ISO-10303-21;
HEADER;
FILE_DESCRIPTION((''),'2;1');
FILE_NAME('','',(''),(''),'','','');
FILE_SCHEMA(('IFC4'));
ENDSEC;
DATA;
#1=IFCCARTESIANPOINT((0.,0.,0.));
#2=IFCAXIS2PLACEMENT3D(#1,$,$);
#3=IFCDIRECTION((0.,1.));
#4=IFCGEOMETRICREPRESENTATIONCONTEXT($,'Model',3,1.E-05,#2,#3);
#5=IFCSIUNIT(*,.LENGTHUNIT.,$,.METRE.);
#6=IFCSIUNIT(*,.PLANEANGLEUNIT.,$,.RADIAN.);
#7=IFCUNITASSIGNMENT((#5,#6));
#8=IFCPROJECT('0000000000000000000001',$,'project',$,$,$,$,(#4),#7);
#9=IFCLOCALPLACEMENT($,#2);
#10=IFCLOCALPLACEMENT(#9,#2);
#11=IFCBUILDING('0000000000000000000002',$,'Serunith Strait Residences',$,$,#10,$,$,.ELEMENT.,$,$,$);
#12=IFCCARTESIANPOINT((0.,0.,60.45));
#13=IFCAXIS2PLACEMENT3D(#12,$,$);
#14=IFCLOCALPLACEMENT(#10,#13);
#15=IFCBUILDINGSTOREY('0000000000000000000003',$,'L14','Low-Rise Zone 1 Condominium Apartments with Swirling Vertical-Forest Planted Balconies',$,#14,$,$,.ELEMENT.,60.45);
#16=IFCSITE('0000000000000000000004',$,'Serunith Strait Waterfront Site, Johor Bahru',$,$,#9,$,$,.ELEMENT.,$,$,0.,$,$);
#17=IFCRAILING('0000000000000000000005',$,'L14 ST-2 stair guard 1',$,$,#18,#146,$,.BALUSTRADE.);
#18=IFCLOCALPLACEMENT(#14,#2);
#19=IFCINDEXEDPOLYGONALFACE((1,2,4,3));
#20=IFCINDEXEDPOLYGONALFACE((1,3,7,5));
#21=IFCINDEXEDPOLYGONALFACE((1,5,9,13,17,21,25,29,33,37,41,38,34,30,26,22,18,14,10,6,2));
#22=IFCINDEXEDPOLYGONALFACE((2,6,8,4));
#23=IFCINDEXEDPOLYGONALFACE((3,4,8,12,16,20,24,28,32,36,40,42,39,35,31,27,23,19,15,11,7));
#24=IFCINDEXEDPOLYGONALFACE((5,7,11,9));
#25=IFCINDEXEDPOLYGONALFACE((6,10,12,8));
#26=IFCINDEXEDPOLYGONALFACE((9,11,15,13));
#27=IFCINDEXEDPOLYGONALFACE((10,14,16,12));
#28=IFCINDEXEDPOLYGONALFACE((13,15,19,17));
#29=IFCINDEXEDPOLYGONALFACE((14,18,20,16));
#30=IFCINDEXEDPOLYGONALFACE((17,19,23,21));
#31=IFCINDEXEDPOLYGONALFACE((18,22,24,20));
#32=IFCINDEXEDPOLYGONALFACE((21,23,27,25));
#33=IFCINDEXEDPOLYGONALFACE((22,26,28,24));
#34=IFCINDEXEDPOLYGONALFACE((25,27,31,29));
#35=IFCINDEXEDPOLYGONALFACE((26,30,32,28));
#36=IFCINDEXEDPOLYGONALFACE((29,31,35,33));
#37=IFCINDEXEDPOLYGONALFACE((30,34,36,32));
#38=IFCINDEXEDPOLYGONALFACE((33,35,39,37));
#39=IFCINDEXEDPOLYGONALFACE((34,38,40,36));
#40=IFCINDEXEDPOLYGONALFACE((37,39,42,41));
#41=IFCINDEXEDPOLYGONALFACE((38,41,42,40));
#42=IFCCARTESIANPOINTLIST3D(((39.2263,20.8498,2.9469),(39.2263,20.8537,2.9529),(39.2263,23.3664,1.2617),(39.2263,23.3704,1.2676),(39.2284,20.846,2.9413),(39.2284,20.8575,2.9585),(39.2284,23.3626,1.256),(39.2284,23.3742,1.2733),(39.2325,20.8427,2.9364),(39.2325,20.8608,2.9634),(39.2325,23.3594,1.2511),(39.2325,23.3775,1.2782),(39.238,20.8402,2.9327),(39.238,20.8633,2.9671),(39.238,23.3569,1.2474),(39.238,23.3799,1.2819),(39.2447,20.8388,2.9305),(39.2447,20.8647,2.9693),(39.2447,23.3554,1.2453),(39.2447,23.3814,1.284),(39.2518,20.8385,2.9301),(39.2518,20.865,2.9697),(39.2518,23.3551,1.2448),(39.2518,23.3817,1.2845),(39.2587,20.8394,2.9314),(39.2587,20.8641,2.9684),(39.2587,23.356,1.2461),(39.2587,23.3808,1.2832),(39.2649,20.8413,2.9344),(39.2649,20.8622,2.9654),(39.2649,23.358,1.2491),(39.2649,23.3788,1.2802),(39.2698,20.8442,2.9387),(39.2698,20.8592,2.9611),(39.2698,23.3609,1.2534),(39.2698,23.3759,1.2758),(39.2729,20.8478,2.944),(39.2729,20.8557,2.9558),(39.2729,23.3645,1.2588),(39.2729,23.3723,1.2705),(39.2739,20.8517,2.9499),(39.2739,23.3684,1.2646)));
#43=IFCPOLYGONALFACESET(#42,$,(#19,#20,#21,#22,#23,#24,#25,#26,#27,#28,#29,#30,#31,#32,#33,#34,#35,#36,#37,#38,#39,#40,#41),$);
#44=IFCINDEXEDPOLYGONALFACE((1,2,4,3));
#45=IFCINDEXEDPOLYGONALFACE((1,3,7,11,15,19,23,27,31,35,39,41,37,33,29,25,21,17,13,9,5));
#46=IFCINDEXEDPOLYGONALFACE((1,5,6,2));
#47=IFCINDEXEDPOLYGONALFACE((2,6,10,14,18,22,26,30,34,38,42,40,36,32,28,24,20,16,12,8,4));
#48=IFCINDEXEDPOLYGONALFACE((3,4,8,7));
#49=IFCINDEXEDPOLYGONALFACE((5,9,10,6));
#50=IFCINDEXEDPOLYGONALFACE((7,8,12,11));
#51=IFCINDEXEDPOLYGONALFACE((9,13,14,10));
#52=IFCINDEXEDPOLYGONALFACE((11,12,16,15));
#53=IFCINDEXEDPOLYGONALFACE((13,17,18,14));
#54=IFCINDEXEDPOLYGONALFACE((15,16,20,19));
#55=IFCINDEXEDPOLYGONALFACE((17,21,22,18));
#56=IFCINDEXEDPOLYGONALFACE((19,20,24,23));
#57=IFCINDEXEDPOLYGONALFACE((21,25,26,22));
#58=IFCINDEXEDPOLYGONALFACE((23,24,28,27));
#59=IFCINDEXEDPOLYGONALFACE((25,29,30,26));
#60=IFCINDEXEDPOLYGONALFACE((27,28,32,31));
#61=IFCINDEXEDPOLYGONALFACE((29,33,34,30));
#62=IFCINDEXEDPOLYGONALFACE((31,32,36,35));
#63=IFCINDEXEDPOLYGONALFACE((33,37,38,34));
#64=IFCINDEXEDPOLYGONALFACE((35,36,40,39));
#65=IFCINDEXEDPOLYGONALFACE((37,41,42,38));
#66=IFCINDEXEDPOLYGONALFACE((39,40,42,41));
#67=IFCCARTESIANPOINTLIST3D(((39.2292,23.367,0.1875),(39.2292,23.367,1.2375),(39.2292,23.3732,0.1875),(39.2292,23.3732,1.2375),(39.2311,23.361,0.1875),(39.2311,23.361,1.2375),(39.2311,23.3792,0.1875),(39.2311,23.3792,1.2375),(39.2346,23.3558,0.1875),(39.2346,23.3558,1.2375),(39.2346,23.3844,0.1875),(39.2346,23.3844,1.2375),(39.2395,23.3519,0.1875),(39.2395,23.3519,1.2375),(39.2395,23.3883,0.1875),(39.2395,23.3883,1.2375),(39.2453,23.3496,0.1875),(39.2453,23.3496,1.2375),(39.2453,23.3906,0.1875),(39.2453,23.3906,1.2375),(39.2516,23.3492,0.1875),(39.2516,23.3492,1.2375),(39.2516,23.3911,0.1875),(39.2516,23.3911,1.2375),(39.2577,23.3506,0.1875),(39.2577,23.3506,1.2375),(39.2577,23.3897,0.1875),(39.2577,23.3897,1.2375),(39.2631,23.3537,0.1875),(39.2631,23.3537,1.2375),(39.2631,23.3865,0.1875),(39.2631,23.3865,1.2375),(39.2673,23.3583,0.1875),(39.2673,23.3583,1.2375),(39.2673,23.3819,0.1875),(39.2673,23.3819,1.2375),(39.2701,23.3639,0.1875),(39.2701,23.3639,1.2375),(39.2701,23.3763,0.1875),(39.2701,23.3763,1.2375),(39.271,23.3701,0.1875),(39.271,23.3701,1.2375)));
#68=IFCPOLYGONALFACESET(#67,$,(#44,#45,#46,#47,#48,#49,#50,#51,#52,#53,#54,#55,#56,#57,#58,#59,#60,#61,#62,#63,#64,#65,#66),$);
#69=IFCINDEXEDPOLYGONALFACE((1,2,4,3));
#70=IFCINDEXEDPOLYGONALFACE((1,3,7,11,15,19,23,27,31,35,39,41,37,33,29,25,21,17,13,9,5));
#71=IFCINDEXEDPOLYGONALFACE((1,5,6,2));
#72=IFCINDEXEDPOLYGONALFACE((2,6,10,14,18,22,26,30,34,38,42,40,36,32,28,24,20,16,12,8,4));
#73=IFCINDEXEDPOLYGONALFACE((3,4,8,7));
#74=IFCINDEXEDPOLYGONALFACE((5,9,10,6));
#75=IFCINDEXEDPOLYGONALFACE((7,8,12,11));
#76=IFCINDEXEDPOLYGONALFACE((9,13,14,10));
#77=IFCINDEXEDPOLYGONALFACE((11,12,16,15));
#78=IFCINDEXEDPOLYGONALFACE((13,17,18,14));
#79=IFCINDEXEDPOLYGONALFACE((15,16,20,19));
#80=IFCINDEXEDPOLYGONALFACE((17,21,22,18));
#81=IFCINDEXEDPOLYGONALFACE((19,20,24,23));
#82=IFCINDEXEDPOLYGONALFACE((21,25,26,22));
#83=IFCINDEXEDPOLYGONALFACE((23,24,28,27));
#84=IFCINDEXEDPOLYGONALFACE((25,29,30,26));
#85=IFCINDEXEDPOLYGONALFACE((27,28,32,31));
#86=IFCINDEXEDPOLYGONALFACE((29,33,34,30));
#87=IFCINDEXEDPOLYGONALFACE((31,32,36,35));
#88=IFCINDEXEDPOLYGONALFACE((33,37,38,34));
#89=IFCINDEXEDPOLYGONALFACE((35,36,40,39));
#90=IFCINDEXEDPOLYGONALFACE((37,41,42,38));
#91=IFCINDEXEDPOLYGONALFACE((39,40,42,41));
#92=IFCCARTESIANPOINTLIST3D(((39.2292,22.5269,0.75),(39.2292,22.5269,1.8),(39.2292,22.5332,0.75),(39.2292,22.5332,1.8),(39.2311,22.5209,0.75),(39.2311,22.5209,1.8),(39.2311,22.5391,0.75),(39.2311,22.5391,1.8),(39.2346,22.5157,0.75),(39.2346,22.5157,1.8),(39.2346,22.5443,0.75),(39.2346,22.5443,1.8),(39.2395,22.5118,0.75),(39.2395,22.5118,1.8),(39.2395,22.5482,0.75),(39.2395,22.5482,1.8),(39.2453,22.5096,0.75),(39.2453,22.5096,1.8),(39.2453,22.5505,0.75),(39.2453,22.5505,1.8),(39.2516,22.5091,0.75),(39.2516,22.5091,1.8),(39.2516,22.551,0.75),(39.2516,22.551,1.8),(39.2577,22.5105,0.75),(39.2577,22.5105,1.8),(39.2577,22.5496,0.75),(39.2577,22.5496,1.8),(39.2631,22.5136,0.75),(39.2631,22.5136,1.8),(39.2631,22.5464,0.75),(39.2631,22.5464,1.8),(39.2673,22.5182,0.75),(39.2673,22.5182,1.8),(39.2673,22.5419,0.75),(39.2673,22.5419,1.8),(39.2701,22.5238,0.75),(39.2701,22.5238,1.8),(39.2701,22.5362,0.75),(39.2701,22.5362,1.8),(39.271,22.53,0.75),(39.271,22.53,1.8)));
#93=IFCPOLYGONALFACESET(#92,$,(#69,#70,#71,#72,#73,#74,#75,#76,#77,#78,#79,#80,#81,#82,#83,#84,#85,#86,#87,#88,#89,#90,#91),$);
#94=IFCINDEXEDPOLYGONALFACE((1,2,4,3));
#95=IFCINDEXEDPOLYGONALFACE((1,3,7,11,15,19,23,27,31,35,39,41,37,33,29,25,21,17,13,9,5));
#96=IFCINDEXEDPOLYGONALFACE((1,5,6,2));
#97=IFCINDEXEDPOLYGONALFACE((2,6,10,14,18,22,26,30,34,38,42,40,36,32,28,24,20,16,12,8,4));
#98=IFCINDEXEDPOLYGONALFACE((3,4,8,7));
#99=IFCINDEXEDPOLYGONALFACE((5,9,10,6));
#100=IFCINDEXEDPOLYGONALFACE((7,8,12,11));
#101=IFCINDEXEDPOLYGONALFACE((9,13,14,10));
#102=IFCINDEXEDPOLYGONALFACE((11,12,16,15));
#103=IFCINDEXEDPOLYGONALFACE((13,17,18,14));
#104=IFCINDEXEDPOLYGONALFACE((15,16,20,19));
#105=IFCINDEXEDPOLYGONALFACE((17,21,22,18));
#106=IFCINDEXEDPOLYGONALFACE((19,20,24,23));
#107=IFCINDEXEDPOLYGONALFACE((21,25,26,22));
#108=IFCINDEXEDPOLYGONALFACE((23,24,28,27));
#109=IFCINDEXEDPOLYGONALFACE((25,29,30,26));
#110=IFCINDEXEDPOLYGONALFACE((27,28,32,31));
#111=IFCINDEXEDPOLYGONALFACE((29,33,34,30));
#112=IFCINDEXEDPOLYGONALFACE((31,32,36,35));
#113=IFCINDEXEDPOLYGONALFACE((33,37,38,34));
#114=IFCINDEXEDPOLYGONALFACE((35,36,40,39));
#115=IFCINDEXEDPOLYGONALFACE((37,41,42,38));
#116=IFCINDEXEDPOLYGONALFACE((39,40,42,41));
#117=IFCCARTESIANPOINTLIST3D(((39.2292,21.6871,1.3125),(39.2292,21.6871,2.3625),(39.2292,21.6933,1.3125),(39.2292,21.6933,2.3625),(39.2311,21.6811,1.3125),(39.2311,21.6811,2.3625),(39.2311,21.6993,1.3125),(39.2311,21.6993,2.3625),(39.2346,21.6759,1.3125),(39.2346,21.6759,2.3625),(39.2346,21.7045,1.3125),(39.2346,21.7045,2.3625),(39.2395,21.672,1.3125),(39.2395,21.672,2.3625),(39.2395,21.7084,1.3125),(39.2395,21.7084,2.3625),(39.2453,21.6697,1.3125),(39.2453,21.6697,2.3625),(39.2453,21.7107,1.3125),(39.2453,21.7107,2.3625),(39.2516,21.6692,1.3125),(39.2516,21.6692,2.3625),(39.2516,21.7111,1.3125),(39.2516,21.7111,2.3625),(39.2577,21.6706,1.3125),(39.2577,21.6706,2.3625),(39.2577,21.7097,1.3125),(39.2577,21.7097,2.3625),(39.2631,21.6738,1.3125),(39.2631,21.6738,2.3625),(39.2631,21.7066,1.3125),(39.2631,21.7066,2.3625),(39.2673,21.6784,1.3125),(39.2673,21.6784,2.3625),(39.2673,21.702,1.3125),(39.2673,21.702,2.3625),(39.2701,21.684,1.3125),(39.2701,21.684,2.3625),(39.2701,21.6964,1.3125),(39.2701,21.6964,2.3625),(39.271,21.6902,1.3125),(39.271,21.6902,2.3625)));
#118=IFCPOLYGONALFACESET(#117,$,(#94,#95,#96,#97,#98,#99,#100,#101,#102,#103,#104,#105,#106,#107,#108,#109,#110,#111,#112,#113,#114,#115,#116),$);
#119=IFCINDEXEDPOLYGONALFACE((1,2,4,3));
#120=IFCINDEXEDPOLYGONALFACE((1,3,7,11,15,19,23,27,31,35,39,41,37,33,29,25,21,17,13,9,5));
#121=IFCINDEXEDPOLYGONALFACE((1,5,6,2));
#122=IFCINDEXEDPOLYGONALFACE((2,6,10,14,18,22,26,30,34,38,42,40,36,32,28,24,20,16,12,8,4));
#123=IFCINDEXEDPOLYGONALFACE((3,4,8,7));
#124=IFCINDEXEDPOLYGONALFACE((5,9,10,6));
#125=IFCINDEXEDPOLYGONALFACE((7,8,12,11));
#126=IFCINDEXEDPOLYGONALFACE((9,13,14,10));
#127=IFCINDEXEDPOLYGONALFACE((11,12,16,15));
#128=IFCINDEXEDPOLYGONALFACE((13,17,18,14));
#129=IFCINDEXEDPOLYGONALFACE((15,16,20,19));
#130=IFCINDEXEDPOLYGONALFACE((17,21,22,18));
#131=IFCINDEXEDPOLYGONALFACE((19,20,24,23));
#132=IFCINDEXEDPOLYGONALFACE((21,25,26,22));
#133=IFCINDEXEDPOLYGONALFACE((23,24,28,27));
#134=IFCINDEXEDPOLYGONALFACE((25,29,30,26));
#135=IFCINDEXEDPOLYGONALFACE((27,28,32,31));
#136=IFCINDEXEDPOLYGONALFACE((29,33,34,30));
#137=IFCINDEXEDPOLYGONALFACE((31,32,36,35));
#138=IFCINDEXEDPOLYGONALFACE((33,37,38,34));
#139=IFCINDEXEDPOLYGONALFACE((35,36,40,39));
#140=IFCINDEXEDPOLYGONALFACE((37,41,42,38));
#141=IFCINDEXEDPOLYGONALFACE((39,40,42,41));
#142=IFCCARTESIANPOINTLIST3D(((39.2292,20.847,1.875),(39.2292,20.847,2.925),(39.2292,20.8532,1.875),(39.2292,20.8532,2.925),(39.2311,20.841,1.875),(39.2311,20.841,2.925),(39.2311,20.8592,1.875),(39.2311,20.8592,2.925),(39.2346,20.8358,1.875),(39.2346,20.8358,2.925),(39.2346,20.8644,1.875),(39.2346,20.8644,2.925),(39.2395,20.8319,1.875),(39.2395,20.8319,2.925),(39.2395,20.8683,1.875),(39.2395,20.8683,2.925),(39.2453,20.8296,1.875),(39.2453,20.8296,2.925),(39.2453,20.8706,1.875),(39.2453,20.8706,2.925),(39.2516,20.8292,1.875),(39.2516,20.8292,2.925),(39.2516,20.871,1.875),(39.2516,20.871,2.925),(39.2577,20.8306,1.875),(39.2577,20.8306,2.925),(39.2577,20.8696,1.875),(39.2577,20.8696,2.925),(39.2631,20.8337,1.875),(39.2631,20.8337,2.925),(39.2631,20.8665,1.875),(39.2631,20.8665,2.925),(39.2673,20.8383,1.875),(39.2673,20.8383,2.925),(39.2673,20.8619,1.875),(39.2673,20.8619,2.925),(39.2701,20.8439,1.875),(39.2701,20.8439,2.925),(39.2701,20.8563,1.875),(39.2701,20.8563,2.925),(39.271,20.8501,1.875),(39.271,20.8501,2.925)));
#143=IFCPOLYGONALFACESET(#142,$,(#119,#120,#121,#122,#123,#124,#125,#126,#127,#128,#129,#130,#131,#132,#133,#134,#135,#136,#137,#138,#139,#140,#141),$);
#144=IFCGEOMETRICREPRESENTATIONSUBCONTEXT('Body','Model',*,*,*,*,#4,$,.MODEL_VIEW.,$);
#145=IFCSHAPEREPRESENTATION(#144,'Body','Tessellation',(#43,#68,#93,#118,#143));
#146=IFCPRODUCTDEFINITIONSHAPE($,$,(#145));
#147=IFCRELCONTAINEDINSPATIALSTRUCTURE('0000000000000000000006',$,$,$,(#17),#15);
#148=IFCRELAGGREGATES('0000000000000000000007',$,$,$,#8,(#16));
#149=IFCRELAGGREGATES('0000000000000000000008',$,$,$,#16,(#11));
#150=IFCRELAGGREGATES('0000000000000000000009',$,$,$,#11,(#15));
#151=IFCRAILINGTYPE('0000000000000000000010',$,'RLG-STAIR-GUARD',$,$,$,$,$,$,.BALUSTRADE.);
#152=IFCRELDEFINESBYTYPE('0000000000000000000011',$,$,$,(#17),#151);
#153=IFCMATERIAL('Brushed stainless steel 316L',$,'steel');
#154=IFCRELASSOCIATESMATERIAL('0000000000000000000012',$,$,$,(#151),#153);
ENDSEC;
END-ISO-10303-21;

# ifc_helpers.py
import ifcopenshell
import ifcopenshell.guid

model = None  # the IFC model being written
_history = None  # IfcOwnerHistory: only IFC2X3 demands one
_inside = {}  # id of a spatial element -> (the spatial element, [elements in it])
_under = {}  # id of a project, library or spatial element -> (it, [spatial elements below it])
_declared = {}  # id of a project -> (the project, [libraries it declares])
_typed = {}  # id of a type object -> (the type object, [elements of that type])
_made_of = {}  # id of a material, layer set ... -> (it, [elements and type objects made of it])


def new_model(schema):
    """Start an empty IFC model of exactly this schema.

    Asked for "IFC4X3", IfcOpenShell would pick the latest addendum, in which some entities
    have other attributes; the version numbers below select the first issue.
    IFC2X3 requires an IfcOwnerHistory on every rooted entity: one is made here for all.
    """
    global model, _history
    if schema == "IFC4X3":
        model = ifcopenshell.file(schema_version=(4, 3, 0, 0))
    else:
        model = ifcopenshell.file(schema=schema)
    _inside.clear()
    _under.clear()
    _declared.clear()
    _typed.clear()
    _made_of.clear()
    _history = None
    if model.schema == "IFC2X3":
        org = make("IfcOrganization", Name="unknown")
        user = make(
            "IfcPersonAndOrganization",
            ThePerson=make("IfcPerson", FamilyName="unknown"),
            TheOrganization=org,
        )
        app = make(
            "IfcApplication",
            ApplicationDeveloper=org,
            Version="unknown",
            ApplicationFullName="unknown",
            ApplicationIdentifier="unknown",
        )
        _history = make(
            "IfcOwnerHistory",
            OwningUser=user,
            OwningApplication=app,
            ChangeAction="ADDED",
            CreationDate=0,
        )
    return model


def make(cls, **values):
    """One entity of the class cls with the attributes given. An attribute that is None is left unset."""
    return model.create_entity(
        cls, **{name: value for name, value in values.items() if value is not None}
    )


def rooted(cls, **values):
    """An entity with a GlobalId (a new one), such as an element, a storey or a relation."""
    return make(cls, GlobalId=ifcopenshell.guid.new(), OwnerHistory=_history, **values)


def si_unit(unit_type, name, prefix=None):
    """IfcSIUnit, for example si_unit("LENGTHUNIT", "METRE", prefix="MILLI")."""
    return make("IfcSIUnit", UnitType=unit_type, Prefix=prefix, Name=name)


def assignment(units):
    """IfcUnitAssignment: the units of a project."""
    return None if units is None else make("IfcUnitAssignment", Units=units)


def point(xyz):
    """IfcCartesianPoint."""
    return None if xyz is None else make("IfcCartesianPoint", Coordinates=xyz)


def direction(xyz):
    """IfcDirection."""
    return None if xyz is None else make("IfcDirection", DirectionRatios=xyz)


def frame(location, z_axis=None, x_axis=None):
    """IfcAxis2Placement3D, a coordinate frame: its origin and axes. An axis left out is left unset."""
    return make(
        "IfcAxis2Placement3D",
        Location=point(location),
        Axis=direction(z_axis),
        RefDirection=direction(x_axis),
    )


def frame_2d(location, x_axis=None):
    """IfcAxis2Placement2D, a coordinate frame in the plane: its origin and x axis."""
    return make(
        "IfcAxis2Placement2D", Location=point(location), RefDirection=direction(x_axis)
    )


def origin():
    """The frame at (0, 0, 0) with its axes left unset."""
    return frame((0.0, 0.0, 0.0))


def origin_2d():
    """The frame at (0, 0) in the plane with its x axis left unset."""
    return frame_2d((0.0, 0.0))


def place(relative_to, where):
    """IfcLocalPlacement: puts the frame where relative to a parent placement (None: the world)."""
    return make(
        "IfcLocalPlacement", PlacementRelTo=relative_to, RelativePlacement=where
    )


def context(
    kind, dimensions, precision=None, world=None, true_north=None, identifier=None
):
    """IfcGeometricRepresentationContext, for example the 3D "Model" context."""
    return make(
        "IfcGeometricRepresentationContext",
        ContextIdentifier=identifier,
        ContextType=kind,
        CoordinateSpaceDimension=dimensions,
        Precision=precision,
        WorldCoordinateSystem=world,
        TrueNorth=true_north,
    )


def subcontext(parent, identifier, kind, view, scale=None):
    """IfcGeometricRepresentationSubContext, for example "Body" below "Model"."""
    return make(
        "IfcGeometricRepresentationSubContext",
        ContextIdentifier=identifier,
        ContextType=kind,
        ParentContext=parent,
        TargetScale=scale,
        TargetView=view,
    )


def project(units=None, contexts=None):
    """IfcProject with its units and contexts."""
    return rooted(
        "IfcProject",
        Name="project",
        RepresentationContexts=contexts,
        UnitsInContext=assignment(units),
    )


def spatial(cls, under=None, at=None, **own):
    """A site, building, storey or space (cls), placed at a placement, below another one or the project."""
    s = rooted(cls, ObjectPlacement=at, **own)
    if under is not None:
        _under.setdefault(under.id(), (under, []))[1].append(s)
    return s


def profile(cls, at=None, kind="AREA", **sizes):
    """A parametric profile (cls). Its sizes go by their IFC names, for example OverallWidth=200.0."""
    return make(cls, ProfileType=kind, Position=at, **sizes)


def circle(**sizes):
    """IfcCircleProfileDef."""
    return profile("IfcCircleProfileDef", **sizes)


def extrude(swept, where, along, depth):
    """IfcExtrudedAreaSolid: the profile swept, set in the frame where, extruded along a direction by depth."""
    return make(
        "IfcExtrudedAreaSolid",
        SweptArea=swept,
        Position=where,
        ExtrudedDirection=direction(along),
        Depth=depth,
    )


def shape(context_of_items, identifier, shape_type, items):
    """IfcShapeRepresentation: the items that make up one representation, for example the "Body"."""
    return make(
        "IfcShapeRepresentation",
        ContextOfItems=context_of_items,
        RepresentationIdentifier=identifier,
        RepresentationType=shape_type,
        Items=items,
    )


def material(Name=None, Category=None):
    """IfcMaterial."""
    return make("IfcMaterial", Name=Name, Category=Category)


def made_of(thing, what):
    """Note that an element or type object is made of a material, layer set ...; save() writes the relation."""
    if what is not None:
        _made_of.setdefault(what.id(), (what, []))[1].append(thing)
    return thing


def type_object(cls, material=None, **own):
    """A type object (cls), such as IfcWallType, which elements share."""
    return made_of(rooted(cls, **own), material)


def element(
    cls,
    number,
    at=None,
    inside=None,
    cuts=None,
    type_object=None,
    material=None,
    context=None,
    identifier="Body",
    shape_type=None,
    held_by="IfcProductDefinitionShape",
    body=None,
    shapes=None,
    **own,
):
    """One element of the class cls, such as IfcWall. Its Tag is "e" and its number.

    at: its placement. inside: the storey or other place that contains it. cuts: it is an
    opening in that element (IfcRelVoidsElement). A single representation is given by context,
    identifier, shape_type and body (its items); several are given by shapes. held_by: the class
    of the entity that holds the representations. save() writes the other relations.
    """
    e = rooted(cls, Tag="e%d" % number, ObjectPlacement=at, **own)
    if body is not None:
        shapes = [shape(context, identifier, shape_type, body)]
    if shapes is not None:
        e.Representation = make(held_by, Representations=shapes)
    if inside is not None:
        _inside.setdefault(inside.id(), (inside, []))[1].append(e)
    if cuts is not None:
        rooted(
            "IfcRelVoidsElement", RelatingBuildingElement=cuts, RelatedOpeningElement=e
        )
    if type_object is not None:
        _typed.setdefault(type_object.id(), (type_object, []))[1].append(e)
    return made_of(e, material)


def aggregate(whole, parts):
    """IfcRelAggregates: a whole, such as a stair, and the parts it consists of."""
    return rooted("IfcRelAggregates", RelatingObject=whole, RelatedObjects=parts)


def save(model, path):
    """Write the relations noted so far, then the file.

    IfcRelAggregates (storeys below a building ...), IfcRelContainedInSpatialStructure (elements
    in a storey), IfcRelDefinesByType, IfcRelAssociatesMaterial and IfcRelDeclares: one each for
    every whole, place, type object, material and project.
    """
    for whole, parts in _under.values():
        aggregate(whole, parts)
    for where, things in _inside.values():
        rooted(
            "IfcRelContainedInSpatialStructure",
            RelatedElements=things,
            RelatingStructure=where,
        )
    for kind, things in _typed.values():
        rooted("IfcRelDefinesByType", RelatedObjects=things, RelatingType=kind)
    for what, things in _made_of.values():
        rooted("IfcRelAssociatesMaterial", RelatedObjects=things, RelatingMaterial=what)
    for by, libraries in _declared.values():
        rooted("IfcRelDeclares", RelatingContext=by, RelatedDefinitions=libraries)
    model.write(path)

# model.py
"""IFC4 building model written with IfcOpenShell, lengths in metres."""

from ifc_helpers import new_model, si_unit, direction, frame, origin, origin_2d, place, context, subcontext, project, spatial, circle, extrude, material, type_object, element, save


model = new_model("IFC4")

# Units and contexts
model_context = context("Model", 3, precision=1e-05, world=origin(), true_north=direction((0.0, 1.0)))
body_context = subcontext(model_context, "Body", "Model", "MODEL_VIEW")
ifc_project = project(units=[si_unit("LENGTHUNIT", "METRE"), si_unit("PLANEANGLEUNIT", "RADIAN")], contexts=[model_context])

# Site, building, storey
site_placement = place(None, origin())
site = spatial("IfcSite", under=ifc_project, at=site_placement, Name="Serunith Strait Waterfront Site, Johor Bahru", CompositionType="ELEMENT", RefElevation=0.0)
building_placement = place(site_placement, origin())
building = spatial("IfcBuilding", under=site, at=building_placement, Name="Serunith Strait Residences", CompositionType="ELEMENT")
storey_placement = place(building_placement, frame((0.0, 0.0, 60.45)))
storey = spatial("IfcBuildingStorey", under=building, at=storey_placement, Name="L14", Description="Low-Rise Zone 1 Condominium Apartments with Swirling Vertical-Forest Planted Balconies", CompositionType="ELEMENT", Elevation=60.45)

# Railing
ifc_material_1 = material(Name="Brushed stainless steel 316L", Category="steel")
railing_type_1 = type_object("IfcRailingType", Name="RLG-STAIR-GUARD", PredefinedType="BALUSTRADE", material=ifc_material_1)
railing_1_placement = place(storey_placement, frame((39.25, 23.3701, 0.1875)))
element("IfcRailing", 1, at=railing_1_placement, inside=storey, type_object=railing_type_1, Name="L14 ST-2 stair guard 1", PredefinedType="BALUSTRADE", context=body_context, shape_type="SweptSolid", body=[
    extrude(circle(Radius=0.0239, at=origin_2d()), frame((0.0, -0.0017, 1.0771), z_axis=(0.0, -0.830909, 0.556408), x_axis=(1.0, 0.0, 0.0)), (0.0, 0.0, 1.0), 3.0288),
    extrude(circle(Radius=0.021, at=origin_2d()), origin(), (0.0, 0.0, 1.0), 1.05),
    extrude(circle(Radius=0.021, at=origin_2d()), frame((0.0, -0.8401, 0.5625)), (0.0, 0.0, 1.0), 1.05),
    extrude(circle(Radius=0.021, at=origin_2d()), frame((0.0, -1.6799, 1.125)), (0.0, 0.0, 1.0), 1.05),
    extrude(circle(Radius=0.021, at=origin_2d()), frame((0.0, -2.52, 1.6875)), (0.0, 0.0, 1.0), 1.05),
])

save(model, "model.ifc")
